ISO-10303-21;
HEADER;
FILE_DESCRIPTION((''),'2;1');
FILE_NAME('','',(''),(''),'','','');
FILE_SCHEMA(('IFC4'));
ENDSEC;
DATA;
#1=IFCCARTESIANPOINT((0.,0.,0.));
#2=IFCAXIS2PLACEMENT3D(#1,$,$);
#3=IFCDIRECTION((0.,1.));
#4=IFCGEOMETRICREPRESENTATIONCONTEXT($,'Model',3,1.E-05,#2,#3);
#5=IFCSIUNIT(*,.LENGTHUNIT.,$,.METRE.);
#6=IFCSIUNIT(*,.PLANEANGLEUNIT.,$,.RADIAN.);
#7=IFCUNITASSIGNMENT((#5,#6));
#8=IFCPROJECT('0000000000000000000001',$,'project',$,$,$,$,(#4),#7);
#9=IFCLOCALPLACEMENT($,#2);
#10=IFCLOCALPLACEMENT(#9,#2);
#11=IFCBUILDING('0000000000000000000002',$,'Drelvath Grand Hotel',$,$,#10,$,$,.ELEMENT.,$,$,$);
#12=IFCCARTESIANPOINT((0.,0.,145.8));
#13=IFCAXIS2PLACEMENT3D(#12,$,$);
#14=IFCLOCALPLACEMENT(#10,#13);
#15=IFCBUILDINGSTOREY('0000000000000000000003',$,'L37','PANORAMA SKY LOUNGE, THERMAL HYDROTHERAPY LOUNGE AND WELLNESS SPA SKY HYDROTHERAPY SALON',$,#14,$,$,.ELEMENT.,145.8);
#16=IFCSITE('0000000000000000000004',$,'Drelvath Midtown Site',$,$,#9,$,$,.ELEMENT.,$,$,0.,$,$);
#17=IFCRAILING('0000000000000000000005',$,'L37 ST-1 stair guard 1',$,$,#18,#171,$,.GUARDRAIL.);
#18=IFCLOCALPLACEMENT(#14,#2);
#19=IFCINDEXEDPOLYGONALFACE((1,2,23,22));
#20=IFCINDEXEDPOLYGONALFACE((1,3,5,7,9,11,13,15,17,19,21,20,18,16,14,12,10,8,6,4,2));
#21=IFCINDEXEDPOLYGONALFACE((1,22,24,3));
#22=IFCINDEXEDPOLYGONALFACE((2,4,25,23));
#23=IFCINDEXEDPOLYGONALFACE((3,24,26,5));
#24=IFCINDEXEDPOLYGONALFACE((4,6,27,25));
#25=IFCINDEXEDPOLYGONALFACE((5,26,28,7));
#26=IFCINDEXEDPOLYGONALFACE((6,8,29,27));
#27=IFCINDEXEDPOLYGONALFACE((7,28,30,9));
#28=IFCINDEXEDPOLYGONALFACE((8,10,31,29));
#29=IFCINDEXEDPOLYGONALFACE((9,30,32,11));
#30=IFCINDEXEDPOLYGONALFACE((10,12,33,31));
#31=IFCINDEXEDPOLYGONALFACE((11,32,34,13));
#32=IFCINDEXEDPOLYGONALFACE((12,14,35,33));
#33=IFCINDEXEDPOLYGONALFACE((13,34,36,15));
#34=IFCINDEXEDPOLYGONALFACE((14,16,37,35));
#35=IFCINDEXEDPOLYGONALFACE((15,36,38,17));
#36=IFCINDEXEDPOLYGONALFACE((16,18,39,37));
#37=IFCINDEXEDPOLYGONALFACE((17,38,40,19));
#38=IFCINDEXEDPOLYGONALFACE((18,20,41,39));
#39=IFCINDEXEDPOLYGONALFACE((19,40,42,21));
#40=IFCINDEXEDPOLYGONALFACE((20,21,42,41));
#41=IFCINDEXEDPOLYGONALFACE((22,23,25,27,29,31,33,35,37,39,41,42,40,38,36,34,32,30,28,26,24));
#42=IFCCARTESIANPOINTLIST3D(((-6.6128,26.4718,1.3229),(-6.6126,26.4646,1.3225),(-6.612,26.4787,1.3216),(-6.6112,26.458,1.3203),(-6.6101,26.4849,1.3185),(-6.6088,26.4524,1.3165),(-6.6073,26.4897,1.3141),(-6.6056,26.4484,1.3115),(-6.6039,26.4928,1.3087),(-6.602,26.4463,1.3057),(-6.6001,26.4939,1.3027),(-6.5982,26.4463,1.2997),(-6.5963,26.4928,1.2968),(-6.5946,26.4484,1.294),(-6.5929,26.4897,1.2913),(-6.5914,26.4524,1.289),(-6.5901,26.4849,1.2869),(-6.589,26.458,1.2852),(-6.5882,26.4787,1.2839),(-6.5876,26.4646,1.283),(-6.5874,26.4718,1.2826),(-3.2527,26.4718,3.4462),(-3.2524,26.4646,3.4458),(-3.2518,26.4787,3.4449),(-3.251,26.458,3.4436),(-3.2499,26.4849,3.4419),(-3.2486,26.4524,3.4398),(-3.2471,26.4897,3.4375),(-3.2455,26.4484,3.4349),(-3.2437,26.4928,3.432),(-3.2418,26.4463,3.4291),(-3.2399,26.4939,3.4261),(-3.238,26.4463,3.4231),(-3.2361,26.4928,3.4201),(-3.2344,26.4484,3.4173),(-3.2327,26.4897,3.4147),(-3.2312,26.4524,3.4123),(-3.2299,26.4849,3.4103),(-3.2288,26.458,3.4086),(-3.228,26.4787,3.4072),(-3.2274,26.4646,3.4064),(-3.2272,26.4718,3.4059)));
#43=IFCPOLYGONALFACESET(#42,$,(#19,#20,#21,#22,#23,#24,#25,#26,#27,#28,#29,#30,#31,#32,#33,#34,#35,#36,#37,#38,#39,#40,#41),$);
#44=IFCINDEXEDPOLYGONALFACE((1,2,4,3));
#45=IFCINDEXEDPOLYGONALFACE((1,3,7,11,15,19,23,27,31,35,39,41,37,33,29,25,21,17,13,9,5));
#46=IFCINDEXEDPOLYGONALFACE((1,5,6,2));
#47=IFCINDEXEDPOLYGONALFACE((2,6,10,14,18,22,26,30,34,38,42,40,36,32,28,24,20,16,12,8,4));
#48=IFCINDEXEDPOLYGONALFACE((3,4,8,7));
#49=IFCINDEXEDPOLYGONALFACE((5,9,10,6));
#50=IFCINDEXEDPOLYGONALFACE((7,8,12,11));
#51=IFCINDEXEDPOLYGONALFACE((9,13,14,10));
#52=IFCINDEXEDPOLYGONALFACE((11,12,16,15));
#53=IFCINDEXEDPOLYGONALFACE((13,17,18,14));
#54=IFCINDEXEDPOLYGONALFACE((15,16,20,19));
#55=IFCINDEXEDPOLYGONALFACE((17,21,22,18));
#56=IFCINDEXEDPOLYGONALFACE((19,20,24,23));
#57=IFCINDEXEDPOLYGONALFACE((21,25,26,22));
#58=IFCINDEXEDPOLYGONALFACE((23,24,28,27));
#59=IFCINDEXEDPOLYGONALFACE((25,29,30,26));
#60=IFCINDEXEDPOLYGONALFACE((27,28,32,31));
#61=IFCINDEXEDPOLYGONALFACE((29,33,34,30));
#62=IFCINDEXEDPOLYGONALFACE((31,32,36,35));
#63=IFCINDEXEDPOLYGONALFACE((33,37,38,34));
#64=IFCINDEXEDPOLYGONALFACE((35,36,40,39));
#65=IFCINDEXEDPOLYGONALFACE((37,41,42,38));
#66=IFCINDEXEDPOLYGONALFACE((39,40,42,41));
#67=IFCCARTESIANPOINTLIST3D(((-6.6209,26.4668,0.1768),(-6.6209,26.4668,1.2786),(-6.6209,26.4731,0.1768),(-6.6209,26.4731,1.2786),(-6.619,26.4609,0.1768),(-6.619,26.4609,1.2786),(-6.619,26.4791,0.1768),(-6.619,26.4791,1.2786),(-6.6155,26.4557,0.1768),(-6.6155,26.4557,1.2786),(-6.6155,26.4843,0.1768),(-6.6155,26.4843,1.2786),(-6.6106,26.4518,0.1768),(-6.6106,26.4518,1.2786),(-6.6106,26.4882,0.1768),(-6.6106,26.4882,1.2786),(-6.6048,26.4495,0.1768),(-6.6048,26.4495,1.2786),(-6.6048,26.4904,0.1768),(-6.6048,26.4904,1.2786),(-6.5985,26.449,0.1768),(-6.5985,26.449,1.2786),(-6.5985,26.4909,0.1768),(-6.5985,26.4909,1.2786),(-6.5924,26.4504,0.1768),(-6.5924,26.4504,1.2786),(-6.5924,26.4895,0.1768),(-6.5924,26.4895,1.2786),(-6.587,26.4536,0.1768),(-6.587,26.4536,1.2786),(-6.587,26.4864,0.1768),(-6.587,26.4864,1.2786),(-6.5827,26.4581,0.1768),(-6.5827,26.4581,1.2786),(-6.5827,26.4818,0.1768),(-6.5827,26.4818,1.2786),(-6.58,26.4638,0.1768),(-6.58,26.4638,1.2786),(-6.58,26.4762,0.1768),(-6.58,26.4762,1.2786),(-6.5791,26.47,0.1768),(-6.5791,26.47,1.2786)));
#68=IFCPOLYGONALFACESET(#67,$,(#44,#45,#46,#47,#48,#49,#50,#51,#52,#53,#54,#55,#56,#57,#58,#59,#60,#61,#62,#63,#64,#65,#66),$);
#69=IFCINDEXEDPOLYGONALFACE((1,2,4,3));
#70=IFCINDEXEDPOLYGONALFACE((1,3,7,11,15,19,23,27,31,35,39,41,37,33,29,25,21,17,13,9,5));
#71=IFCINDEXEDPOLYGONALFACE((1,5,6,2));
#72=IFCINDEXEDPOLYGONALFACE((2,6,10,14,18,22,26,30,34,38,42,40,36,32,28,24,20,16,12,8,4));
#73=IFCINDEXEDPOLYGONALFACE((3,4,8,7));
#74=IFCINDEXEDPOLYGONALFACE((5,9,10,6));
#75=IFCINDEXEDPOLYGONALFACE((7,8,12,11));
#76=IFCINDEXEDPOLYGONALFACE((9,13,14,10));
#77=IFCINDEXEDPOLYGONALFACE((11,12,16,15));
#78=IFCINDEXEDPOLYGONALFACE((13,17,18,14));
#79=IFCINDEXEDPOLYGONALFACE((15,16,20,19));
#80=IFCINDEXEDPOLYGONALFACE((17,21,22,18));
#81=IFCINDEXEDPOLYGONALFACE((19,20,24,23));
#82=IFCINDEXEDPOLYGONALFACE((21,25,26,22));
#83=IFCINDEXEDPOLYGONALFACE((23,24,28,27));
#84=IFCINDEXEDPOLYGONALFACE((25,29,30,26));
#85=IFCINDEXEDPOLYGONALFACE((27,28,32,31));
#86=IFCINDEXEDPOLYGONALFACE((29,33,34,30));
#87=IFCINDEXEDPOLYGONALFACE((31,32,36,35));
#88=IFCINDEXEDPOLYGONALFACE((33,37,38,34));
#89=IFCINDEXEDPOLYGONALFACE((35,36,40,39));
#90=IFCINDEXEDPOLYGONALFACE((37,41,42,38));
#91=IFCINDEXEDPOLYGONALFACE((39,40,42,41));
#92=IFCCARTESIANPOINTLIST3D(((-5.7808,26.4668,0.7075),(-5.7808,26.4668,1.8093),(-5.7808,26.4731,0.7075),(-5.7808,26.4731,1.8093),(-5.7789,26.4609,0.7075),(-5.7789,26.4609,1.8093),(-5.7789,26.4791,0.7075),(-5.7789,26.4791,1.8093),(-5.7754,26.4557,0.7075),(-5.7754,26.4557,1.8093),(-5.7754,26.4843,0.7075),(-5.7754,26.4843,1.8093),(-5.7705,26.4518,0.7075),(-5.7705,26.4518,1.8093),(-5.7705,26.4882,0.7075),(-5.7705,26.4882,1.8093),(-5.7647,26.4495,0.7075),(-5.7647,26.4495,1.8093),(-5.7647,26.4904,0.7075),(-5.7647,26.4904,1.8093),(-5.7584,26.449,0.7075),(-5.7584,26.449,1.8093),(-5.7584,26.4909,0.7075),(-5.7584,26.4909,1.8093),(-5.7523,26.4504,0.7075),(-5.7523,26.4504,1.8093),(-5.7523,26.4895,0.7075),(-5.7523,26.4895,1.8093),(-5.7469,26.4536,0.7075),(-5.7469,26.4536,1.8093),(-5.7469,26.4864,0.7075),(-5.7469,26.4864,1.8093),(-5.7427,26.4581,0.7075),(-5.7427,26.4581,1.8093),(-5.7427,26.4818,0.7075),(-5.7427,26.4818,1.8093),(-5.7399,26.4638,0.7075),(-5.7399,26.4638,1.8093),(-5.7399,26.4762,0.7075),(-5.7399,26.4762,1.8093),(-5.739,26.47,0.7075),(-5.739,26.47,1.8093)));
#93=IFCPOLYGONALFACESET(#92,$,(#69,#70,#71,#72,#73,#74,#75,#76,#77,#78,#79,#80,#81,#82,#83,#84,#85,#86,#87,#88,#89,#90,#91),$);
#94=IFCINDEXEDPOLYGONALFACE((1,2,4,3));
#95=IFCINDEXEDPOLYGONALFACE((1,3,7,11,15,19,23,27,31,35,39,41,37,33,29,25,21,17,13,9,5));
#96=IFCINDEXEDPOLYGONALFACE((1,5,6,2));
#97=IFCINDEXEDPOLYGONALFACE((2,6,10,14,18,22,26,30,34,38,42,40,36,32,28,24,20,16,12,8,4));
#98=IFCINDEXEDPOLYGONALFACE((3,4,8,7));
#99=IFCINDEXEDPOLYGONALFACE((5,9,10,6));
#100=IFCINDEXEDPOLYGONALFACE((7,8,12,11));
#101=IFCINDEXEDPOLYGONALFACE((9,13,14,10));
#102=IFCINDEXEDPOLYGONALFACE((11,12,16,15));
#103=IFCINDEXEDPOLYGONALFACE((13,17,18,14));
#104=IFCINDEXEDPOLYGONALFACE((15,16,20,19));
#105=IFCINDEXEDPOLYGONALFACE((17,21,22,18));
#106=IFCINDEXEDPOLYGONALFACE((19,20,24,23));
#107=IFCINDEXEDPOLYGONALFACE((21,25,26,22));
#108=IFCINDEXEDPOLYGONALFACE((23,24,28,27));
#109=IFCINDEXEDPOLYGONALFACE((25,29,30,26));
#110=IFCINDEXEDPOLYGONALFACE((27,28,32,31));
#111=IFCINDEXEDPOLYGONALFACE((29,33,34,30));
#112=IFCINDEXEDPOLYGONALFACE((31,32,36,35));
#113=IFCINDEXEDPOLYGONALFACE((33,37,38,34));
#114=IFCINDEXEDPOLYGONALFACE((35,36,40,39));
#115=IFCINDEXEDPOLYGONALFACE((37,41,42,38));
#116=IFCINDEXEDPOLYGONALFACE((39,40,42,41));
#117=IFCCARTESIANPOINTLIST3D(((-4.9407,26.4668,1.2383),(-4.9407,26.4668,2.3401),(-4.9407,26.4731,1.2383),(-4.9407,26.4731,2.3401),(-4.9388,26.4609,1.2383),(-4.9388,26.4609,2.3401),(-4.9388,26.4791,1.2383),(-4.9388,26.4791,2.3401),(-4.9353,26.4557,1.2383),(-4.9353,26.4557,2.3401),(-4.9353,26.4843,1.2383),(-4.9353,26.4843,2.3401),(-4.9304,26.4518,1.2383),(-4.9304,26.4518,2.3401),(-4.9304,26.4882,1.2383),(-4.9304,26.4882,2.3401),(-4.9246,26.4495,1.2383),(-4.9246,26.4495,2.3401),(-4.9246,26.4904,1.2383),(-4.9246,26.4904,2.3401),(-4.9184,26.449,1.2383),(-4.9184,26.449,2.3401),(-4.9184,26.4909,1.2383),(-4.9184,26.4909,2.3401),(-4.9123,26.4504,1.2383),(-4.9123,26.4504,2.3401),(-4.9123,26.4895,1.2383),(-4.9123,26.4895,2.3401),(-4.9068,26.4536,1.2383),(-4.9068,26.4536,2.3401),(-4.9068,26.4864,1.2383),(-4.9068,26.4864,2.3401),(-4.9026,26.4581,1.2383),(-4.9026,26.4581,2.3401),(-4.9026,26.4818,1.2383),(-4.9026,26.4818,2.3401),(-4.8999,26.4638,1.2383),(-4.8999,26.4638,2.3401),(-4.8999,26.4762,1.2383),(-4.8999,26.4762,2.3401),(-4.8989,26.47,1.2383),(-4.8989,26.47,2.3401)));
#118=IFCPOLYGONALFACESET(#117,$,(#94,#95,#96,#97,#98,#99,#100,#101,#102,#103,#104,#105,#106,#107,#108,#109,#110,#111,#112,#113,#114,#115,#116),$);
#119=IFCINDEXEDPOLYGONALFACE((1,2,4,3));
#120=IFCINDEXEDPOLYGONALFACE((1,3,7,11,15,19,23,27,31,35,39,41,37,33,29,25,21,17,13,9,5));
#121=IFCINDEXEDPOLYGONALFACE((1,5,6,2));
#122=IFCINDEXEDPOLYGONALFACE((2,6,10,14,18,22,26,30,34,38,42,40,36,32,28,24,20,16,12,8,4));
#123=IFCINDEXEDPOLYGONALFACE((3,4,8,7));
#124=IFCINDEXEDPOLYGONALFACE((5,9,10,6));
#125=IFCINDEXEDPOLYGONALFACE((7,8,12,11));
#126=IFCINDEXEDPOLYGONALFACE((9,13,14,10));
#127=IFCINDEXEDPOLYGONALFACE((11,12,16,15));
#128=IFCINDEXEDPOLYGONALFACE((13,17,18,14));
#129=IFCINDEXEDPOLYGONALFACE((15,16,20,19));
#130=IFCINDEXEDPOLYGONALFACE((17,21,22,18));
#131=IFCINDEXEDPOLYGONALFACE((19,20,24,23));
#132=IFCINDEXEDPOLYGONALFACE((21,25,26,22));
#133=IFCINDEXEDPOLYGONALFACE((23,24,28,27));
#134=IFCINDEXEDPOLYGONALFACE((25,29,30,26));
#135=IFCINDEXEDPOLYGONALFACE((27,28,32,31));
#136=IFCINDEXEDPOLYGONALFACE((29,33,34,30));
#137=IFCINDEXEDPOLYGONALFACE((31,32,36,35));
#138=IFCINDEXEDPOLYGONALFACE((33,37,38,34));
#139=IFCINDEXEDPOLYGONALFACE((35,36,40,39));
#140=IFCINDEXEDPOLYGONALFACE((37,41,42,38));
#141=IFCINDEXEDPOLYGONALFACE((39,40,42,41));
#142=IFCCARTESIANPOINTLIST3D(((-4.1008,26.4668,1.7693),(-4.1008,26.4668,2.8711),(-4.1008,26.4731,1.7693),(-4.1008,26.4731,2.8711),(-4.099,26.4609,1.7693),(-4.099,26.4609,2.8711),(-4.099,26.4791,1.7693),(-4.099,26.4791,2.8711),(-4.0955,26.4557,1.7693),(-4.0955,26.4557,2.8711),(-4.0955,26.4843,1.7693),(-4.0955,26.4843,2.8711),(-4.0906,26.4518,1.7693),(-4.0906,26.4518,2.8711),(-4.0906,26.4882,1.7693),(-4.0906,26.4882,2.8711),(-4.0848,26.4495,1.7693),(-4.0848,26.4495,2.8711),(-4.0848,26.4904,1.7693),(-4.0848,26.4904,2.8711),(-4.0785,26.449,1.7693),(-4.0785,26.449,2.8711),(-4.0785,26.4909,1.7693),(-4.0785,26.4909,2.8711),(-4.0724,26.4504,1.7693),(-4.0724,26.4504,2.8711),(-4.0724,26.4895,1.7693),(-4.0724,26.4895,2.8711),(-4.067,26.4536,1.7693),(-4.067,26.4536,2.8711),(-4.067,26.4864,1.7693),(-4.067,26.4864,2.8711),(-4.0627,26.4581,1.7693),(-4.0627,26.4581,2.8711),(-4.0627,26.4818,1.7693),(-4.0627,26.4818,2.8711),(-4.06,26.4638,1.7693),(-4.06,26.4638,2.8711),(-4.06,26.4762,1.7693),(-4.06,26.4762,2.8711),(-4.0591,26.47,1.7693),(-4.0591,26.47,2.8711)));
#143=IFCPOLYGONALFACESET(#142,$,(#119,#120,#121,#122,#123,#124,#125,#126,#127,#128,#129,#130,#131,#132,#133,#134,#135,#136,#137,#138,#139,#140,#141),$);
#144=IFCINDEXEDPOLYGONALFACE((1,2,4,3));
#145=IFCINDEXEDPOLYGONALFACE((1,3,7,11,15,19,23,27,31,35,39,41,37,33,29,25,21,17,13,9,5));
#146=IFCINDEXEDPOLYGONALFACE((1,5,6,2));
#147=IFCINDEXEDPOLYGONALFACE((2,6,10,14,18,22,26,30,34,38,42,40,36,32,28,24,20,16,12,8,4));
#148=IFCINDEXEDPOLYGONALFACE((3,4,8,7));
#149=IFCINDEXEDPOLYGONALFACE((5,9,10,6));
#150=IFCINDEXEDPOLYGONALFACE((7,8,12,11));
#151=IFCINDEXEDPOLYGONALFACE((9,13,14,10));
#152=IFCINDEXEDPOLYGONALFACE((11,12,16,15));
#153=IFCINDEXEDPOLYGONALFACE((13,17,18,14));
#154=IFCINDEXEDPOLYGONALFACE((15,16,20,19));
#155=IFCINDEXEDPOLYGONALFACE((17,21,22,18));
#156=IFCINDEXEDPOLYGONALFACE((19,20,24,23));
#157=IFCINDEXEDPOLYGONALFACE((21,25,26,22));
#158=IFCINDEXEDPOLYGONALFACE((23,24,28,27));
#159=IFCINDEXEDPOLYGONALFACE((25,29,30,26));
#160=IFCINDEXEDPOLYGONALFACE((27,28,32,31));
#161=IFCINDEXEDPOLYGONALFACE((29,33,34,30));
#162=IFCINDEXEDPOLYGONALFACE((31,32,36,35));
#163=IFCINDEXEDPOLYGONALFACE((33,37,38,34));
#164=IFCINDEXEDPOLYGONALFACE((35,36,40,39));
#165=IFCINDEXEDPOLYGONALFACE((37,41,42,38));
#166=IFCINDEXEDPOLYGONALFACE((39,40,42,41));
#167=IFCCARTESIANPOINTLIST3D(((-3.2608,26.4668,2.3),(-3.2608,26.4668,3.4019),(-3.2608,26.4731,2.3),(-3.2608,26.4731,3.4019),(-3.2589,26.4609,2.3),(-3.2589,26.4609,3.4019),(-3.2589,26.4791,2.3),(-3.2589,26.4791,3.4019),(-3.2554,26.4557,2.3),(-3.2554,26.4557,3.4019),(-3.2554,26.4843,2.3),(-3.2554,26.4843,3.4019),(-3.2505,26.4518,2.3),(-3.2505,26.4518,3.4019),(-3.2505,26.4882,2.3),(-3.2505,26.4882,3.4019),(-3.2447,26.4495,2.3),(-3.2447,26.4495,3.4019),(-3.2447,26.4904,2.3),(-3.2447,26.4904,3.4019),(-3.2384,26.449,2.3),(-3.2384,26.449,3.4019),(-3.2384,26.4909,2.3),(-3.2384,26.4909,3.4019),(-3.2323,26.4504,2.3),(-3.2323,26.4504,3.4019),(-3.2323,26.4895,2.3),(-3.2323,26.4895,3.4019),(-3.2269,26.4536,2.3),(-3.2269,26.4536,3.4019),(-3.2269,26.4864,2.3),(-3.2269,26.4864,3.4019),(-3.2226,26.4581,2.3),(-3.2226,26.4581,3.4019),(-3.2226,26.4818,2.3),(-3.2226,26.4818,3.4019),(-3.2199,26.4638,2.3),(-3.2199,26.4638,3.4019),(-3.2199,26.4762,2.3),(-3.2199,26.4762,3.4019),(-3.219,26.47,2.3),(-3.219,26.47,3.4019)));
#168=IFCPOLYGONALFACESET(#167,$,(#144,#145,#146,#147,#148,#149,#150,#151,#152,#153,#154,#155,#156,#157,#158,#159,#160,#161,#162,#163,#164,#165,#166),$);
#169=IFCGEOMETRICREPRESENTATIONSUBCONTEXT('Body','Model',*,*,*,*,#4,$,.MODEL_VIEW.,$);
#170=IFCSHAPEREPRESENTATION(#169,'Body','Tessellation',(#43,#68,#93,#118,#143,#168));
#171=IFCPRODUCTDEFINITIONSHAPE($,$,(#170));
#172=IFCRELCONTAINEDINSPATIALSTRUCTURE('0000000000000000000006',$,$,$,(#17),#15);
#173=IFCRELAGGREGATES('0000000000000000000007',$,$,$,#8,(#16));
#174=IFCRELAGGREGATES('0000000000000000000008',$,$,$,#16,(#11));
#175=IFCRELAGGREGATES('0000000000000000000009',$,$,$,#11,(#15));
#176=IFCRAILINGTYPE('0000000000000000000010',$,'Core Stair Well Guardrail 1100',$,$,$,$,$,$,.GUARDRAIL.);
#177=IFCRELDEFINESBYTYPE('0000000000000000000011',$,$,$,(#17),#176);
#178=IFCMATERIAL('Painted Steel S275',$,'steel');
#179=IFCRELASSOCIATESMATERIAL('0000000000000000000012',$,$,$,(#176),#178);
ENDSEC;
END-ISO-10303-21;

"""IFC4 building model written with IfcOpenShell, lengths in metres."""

from ifc_helpers import new_model, si_unit, direction, frame, origin, origin_2d, place, context, subcontext, project, spatial, circle, extrude, material, type_object, element, save


model = new_model("IFC4")

# Units and contexts
model_context = context("Model", 3, precision=1e-05, world=origin(), true_north=direction((0.0, 1.0)))
body_context = subcontext(model_context, "Body", "Model", "MODEL_VIEW")
ifc_project = project(units=[si_unit("LENGTHUNIT", "METRE"), si_unit("PLANEANGLEUNIT", "RADIAN")], contexts=[model_context])

# Site, building, storey
site_placement = place(None, origin())
site = spatial("IfcSite", under=ifc_project, at=site_placement, Name="Drelvath Midtown Site", CompositionType="ELEMENT", RefElevation=0.0)
building_placement = place(site_placement, origin())
building = spatial("IfcBuilding", under=site, at=building_placement, Name="Drelvath Grand Hotel", CompositionType="ELEMENT")
storey_placement = place(building_placement, frame((0.0, 0.0, 145.8)))
storey = spatial("IfcBuildingStorey", under=building, at=storey_placement, Name="L37", Description="PANORAMA SKY LOUNGE, THERMAL HYDROTHERAPY LOUNGE AND WELLNESS SPA SKY HYDROTHERAPY SALON", CompositionType="ELEMENT", Elevation=145.8)

# Shared definitions
ifc_material_1 = material(Name="Painted Steel S275", Category="steel")

# Railing
railing_type_1 = type_object("IfcRailingType", Name="Core Stair Well Guardrail 1100", PredefinedType="GUARDRAIL", material=ifc_material_1)
railing_1_placement = place(storey_placement, frame((-6.6001, 26.47, 0.1768)))
element("IfcRailing", 1, at=railing_1_placement, inside=storey, type_object=railing_type_1, Name="L37 ST-1 stair guard 1", PredefinedType="GUARDRAIL", context=body_context, shape_type="SweptSolid", body=[
    extrude(circle(Radius=0.0239, at=origin_2d()), frame((0.0, 0.0, 1.126), z_axis=(0.845362, 0.0, 0.534194), x_axis=(0.0, 1.0, 0.0)), (0.0, 0.0, 1.0), 3.9749),
    extrude(circle(Radius=0.021, at=origin_2d()), origin(), (0.0, 0.0, 1.0), 1.1018),
    extrude(circle(Radius=0.021, at=origin_2d()), frame((0.8401, 0.0, 0.5308)), (0.0, 0.0, 1.0), 1.1018),
    extrude(circle(Radius=0.021, at=origin_2d()), frame((1.6802, 0.0, 1.0615)), (0.0, 0.0, 1.0), 1.1018),
    extrude(circle(Radius=0.021, at=origin_2d()), frame((2.52, 0.0, 1.5925)), (0.0, 0.0, 1.0), 1.1018),
    extrude(circle(Radius=0.021, at=origin_2d()), frame((3.3601, 0.0, 2.1233)), (0.0, 0.0, 1.0), 1.1018),
])

save(model, "model.ifc")
